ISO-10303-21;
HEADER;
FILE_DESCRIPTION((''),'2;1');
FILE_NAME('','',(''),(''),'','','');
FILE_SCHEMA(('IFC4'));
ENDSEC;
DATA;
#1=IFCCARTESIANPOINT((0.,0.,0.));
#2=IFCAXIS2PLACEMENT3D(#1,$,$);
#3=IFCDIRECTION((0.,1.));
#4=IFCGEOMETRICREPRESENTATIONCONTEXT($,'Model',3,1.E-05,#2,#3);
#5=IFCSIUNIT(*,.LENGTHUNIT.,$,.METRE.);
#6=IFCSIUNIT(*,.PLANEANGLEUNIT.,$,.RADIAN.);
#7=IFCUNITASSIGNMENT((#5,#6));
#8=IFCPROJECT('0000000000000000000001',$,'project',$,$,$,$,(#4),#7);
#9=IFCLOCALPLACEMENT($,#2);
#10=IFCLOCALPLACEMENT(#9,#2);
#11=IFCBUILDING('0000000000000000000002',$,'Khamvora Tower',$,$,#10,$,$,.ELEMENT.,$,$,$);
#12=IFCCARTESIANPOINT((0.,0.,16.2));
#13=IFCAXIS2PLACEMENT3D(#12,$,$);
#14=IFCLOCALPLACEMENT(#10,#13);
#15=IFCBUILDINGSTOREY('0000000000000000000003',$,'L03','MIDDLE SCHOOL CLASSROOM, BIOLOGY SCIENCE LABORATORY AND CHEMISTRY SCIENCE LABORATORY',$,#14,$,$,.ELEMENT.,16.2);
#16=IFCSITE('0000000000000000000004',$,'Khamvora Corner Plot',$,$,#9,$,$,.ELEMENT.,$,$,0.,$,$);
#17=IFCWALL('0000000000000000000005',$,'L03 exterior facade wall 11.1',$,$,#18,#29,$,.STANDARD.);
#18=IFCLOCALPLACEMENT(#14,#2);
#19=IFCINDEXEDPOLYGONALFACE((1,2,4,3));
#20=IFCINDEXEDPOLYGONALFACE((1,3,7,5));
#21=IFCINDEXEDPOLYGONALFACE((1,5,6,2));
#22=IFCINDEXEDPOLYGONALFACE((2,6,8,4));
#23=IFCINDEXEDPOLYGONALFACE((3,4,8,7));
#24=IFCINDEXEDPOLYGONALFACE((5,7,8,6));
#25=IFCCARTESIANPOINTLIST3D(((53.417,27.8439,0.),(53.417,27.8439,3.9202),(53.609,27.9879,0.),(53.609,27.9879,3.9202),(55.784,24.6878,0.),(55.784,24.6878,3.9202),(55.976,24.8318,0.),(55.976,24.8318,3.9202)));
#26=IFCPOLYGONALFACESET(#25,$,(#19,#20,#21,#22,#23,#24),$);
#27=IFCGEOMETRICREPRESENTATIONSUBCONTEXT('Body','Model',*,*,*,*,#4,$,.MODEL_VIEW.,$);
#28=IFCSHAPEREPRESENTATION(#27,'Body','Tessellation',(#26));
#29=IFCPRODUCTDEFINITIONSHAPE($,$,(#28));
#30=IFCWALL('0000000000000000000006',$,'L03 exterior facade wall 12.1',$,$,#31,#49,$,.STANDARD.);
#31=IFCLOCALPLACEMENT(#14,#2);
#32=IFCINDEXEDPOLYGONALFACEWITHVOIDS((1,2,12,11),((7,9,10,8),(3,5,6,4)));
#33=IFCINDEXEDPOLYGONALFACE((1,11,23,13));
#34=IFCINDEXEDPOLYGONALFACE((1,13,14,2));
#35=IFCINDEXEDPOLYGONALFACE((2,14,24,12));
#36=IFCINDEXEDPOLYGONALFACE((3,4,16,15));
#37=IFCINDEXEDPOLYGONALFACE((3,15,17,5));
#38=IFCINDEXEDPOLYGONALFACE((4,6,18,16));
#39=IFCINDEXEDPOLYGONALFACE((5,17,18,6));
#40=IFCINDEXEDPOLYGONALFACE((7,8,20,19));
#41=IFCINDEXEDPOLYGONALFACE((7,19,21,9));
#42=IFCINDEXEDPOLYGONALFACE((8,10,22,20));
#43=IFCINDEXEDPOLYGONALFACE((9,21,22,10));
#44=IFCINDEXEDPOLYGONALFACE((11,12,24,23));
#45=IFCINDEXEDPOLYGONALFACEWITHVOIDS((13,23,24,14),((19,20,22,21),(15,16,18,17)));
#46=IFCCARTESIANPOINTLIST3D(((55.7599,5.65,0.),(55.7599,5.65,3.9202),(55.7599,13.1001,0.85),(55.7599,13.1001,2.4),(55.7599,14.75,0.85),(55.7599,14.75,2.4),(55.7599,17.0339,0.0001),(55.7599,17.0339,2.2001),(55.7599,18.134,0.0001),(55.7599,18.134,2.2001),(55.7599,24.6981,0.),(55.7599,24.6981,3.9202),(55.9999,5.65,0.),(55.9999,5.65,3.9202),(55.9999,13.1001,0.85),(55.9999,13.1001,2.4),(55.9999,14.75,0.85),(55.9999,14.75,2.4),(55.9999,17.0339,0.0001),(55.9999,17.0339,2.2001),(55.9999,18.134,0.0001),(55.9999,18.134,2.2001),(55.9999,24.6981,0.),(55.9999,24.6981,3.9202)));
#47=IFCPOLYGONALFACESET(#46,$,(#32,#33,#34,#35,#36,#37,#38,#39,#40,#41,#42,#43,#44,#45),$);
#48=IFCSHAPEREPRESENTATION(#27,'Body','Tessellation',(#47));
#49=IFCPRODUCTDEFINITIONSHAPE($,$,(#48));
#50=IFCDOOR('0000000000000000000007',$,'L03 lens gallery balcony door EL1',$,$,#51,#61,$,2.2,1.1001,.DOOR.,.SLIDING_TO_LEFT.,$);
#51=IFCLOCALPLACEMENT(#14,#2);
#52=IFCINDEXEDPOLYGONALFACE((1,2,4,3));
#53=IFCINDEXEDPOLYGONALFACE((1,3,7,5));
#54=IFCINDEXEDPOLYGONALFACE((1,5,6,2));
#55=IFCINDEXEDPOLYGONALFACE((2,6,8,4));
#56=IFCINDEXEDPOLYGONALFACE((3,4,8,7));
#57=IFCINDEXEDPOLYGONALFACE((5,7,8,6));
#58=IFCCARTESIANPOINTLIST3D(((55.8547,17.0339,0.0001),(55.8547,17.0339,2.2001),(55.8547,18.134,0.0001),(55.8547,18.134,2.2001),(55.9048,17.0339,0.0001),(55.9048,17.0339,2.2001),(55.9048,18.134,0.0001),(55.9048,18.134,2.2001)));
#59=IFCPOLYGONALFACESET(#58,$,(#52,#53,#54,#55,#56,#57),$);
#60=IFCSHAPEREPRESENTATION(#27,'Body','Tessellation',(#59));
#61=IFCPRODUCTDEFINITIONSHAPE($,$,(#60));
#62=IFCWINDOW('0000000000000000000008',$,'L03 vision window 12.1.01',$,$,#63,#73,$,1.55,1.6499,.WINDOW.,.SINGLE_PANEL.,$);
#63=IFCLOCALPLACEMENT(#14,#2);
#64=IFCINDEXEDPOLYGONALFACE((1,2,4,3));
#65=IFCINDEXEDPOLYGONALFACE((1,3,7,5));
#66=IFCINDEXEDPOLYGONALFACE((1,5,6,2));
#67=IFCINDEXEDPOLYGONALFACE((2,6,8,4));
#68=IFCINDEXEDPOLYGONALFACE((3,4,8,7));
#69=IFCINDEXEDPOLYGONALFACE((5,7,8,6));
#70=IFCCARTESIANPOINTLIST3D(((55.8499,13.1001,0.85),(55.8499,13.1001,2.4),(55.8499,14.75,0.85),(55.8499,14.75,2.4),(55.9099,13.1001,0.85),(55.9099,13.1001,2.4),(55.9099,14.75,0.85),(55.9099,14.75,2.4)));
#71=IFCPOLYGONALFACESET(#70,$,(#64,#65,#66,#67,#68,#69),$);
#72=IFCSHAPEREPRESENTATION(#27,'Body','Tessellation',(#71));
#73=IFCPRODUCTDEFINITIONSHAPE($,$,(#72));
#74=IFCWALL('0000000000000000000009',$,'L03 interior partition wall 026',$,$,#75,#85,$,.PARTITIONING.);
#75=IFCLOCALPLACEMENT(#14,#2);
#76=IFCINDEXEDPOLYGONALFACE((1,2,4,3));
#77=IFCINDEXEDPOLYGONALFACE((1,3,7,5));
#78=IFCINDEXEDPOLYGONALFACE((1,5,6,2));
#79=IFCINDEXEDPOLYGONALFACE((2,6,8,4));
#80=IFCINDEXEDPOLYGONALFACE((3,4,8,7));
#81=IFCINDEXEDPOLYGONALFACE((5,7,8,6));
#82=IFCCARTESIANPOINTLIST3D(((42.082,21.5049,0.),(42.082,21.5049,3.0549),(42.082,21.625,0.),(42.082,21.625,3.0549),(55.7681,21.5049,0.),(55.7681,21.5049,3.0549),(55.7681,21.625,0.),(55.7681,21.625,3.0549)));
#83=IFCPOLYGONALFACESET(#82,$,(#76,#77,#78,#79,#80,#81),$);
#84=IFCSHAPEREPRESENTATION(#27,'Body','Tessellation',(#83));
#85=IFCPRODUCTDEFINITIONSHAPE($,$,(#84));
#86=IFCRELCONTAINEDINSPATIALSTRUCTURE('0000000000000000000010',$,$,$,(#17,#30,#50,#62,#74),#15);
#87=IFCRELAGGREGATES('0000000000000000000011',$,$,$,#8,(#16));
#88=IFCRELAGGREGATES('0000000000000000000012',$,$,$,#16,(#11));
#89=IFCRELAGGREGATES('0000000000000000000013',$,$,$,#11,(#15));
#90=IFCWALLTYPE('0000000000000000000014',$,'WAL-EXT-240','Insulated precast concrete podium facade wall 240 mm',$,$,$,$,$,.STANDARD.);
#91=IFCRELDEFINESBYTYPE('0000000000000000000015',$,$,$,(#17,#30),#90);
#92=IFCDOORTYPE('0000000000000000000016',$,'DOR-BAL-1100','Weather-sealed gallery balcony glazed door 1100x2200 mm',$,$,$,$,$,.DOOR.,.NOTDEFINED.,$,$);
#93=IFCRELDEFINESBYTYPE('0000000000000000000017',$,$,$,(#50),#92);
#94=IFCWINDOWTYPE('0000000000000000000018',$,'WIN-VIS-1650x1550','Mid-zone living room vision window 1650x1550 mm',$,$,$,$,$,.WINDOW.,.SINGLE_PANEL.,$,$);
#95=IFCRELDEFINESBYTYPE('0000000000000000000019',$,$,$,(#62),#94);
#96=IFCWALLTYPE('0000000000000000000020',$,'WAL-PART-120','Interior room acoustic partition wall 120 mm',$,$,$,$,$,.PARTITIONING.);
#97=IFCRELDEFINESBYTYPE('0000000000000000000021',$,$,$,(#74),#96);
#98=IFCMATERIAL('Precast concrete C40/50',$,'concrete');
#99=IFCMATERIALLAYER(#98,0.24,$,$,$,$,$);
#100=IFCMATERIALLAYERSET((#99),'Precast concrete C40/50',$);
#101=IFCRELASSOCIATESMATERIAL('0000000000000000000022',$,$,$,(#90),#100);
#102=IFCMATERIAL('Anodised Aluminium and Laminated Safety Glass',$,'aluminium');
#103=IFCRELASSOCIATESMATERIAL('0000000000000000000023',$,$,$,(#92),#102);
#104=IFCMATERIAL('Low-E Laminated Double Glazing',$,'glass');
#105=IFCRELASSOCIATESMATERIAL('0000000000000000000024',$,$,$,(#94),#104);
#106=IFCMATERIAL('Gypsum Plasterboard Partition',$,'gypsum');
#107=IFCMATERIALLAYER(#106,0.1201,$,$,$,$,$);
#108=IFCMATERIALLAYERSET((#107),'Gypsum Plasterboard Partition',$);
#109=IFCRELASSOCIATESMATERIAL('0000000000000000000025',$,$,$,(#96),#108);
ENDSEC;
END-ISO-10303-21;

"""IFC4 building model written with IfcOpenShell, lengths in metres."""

from ifc_helpers import new_model, si_unit, direction, frame, frame_2d, origin, place, context, subcontext, project, spatial, rectangle, extrude, material, layer, layer_set, type_object, element, fill, save


model = new_model("IFC4")

# Units and contexts
model_context = context("Model", 3, precision=1e-05, world=origin(), true_north=direction((0.0, 1.0)))
body_context = subcontext(model_context, "Body", "Model", "MODEL_VIEW")
ifc_project = project(units=[si_unit("LENGTHUNIT", "METRE"), si_unit("PLANEANGLEUNIT", "RADIAN")], contexts=[model_context])

# Site, building, storey
site_placement = place(None, origin())
site = spatial("IfcSite", under=ifc_project, at=site_placement, Name="Khamvora Corner Plot", CompositionType="ELEMENT", RefElevation=0.0)
building_placement = place(site_placement, origin())
building = spatial("IfcBuilding", under=site, at=building_placement, Name="Khamvora Tower", CompositionType="ELEMENT")
storey_placement = place(building_placement, frame((0.0, 0.0, 16.2)))
storey = spatial("IfcBuildingStorey", under=building, at=storey_placement, Name="L03", Description="MIDDLE SCHOOL CLASSROOM, BIOLOGY SCIENCE LABORATORY AND CHEMISTRY SCIENCE LABORATORY", CompositionType="ELEMENT", Elevation=16.2)

# Wall
ifc_material_1 = material(Name="Precast concrete C40/50", Category="concrete")
ifc_layer_1 = layer(ifc_material_1, 0.24)
ifc_layer_set_1 = layer_set([ifc_layer_1], Name="Precast concrete C40/50")
wall_type_1 = type_object("IfcWallType", Name="WAL-EXT-240", Description="Insulated precast concrete podium facade wall 240 mm", PredefinedType="STANDARD", material=ifc_layer_set_1)
wall_1_placement = place(storey_placement, frame((53.5129, 27.916, 0.0), z_axis=(0.0, 0.0, 1.0), x_axis=(0.59999, -0.800007, 0.0)))
element("IfcWall", 1, at=wall_1_placement, inside=storey, type_object=wall_type_1, Name="L03 exterior facade wall 11.1", PredefinedType="STANDARD", context=body_context, shape_type="SweptSolid", body=[
    extrude(rectangle(XDim=3.9451, YDim=0.24, at=frame_2d((1.9727, 0.0))), origin(), (0.0, 0.0, 1.0), 3.9202),
])

# Wall, openings, door, window
wall_2_placement = place(storey_placement, frame((55.8799, 24.698, 0.0), z_axis=(0.0, 0.0, 1.0), x_axis=(0.0, -1.0, 0.0)))
wall_2 = element("IfcWall", 2, at=wall_2_placement, inside=storey, type_object=wall_type_1, Name="L03 exterior facade wall 12.1", PredefinedType="STANDARD", context=body_context, shape_type="SweptSolid", body=[
    extrude(rectangle(XDim=19.0481, YDim=0.24, at=frame_2d((9.5239, 0.0))), origin(), (0.0, 0.0, 1.0), 3.9202),
])
opening_1_placement = place(wall_2_placement, frame((6.564, 0.0, 0.0)))
opening_1 = element("IfcOpeningElement", 3, at=opening_1_placement, cuts=wall_2, PredefinedType="OPENING", context=body_context, shape_type="SweptSolid", body=[
    extrude(rectangle(XDim=1.1001, YDim=2.2, at=frame_2d((0.55, 1.1001))), frame((0.0, 0.1299, 0.0), z_axis=(0.0, -1.0, 0.0), x_axis=(1.0, 0.0, 0.0)), (0.0, 0.0, 1.0), 0.26),
])
opening_2_placement = place(wall_2_placement, frame((9.948, 0.0, 0.8501)))
opening_2 = element("IfcOpeningElement", 4, at=opening_2_placement, cuts=wall_2, PredefinedType="OPENING", context=body_context, shape_type="SweptSolid", body=[
    extrude(rectangle(XDim=1.6499, YDim=1.55, at=frame_2d((0.825, 0.7749))), frame((0.0, 0.1299, 0.0), z_axis=(0.0, -1.0, 0.0), x_axis=(1.0, 0.0, 0.0)), (0.0, 0.0, 1.0), 0.26),
])
ifc_material_2 = material(Name="Anodised Aluminium and Laminated Safety Glass", Category="aluminium")
door_type_1 = type_object("IfcDoorType", Name="DOR-BAL-1100", Description="Weather-sealed gallery balcony glazed door 1100x2200 mm", OperationType="NOTDEFINED", PredefinedType="DOOR", material=ifc_material_2)
door_1_placement = place(opening_1_placement, origin())
door_1 = element("IfcDoor", 5, at=door_1_placement, inside=storey, type_object=door_type_1, Name="L03 lens gallery balcony door EL1", OperationType="SLIDING_TO_LEFT", OverallHeight=2.2, OverallWidth=1.1001, PredefinedType="DOOR", context=body_context, shape_type="SweptSolid", body=[
    extrude(rectangle(XDim=1.1001, YDim=2.2, at=frame_2d((0.55, 1.1001))), frame((0.0, 0.0249, 0.0), z_axis=(0.0, -1.0, 0.0), x_axis=(1.0, 0.0, 0.0)), (0.0, 0.0, 1.0), 0.05),
])
fill(opening_1, door_1)
ifc_material_3 = material(Name="Low-E Laminated Double Glazing", Category="glass")
window_type = type_object("IfcWindowType", Name="WIN-VIS-1650x1550", Description="Mid-zone living room vision window 1650x1550 mm", PartitioningType="SINGLE_PANEL", PredefinedType="WINDOW", material=ifc_material_3)
window_placement = place(opening_2_placement, origin())
window = element("IfcWindow", 6, at=window_placement, inside=storey, type_object=window_type, Name="L03 vision window 12.1.01", OverallHeight=1.55, OverallWidth=1.6499, PartitioningType="SINGLE_PANEL", PredefinedType="WINDOW", context=body_context, shape_type="SweptSolid", body=[
    extrude(rectangle(XDim=1.6499, YDim=1.55, at=frame_2d((0.825, 0.7749))), frame((0.0, 0.03, 0.0), z_axis=(0.0, -1.0, 0.0), x_axis=(1.0, 0.0, 0.0)), (0.0, 0.0, 1.0), 0.0601),
])
fill(opening_2, window)

# Wall
ifc_material_4 = material(Name="Gypsum Plasterboard Partition", Category="gypsum")
ifc_layer_2 = layer(ifc_material_4, 0.1201)
ifc_layer_set_2 = layer_set([ifc_layer_2], Name="Gypsum Plasterboard Partition")
wall_type_2 = type_object("IfcWallType", Name="WAL-PART-120", Description="Interior room acoustic partition wall 120 mm", PredefinedType="PARTITIONING", material=ifc_layer_set_2)
wall_3_placement = place(storey_placement, frame((42.082, 21.5649, 0.0), z_axis=(0.0, 0.0, 1.0), x_axis=(1.0, 0.0, 0.0)))
element("IfcWall", 7, at=wall_3_placement, inside=storey, type_object=wall_type_2, Name="L03 interior partition wall 026", PredefinedType="PARTITIONING", context=body_context, shape_type="SweptSolid", body=[
    extrude(rectangle(XDim=13.686, YDim=0.1201, at=frame_2d((6.843, 0.0))), origin(), (0.0, 0.0, 1.0), 3.0549),
])

save(model, "model.ifc")
